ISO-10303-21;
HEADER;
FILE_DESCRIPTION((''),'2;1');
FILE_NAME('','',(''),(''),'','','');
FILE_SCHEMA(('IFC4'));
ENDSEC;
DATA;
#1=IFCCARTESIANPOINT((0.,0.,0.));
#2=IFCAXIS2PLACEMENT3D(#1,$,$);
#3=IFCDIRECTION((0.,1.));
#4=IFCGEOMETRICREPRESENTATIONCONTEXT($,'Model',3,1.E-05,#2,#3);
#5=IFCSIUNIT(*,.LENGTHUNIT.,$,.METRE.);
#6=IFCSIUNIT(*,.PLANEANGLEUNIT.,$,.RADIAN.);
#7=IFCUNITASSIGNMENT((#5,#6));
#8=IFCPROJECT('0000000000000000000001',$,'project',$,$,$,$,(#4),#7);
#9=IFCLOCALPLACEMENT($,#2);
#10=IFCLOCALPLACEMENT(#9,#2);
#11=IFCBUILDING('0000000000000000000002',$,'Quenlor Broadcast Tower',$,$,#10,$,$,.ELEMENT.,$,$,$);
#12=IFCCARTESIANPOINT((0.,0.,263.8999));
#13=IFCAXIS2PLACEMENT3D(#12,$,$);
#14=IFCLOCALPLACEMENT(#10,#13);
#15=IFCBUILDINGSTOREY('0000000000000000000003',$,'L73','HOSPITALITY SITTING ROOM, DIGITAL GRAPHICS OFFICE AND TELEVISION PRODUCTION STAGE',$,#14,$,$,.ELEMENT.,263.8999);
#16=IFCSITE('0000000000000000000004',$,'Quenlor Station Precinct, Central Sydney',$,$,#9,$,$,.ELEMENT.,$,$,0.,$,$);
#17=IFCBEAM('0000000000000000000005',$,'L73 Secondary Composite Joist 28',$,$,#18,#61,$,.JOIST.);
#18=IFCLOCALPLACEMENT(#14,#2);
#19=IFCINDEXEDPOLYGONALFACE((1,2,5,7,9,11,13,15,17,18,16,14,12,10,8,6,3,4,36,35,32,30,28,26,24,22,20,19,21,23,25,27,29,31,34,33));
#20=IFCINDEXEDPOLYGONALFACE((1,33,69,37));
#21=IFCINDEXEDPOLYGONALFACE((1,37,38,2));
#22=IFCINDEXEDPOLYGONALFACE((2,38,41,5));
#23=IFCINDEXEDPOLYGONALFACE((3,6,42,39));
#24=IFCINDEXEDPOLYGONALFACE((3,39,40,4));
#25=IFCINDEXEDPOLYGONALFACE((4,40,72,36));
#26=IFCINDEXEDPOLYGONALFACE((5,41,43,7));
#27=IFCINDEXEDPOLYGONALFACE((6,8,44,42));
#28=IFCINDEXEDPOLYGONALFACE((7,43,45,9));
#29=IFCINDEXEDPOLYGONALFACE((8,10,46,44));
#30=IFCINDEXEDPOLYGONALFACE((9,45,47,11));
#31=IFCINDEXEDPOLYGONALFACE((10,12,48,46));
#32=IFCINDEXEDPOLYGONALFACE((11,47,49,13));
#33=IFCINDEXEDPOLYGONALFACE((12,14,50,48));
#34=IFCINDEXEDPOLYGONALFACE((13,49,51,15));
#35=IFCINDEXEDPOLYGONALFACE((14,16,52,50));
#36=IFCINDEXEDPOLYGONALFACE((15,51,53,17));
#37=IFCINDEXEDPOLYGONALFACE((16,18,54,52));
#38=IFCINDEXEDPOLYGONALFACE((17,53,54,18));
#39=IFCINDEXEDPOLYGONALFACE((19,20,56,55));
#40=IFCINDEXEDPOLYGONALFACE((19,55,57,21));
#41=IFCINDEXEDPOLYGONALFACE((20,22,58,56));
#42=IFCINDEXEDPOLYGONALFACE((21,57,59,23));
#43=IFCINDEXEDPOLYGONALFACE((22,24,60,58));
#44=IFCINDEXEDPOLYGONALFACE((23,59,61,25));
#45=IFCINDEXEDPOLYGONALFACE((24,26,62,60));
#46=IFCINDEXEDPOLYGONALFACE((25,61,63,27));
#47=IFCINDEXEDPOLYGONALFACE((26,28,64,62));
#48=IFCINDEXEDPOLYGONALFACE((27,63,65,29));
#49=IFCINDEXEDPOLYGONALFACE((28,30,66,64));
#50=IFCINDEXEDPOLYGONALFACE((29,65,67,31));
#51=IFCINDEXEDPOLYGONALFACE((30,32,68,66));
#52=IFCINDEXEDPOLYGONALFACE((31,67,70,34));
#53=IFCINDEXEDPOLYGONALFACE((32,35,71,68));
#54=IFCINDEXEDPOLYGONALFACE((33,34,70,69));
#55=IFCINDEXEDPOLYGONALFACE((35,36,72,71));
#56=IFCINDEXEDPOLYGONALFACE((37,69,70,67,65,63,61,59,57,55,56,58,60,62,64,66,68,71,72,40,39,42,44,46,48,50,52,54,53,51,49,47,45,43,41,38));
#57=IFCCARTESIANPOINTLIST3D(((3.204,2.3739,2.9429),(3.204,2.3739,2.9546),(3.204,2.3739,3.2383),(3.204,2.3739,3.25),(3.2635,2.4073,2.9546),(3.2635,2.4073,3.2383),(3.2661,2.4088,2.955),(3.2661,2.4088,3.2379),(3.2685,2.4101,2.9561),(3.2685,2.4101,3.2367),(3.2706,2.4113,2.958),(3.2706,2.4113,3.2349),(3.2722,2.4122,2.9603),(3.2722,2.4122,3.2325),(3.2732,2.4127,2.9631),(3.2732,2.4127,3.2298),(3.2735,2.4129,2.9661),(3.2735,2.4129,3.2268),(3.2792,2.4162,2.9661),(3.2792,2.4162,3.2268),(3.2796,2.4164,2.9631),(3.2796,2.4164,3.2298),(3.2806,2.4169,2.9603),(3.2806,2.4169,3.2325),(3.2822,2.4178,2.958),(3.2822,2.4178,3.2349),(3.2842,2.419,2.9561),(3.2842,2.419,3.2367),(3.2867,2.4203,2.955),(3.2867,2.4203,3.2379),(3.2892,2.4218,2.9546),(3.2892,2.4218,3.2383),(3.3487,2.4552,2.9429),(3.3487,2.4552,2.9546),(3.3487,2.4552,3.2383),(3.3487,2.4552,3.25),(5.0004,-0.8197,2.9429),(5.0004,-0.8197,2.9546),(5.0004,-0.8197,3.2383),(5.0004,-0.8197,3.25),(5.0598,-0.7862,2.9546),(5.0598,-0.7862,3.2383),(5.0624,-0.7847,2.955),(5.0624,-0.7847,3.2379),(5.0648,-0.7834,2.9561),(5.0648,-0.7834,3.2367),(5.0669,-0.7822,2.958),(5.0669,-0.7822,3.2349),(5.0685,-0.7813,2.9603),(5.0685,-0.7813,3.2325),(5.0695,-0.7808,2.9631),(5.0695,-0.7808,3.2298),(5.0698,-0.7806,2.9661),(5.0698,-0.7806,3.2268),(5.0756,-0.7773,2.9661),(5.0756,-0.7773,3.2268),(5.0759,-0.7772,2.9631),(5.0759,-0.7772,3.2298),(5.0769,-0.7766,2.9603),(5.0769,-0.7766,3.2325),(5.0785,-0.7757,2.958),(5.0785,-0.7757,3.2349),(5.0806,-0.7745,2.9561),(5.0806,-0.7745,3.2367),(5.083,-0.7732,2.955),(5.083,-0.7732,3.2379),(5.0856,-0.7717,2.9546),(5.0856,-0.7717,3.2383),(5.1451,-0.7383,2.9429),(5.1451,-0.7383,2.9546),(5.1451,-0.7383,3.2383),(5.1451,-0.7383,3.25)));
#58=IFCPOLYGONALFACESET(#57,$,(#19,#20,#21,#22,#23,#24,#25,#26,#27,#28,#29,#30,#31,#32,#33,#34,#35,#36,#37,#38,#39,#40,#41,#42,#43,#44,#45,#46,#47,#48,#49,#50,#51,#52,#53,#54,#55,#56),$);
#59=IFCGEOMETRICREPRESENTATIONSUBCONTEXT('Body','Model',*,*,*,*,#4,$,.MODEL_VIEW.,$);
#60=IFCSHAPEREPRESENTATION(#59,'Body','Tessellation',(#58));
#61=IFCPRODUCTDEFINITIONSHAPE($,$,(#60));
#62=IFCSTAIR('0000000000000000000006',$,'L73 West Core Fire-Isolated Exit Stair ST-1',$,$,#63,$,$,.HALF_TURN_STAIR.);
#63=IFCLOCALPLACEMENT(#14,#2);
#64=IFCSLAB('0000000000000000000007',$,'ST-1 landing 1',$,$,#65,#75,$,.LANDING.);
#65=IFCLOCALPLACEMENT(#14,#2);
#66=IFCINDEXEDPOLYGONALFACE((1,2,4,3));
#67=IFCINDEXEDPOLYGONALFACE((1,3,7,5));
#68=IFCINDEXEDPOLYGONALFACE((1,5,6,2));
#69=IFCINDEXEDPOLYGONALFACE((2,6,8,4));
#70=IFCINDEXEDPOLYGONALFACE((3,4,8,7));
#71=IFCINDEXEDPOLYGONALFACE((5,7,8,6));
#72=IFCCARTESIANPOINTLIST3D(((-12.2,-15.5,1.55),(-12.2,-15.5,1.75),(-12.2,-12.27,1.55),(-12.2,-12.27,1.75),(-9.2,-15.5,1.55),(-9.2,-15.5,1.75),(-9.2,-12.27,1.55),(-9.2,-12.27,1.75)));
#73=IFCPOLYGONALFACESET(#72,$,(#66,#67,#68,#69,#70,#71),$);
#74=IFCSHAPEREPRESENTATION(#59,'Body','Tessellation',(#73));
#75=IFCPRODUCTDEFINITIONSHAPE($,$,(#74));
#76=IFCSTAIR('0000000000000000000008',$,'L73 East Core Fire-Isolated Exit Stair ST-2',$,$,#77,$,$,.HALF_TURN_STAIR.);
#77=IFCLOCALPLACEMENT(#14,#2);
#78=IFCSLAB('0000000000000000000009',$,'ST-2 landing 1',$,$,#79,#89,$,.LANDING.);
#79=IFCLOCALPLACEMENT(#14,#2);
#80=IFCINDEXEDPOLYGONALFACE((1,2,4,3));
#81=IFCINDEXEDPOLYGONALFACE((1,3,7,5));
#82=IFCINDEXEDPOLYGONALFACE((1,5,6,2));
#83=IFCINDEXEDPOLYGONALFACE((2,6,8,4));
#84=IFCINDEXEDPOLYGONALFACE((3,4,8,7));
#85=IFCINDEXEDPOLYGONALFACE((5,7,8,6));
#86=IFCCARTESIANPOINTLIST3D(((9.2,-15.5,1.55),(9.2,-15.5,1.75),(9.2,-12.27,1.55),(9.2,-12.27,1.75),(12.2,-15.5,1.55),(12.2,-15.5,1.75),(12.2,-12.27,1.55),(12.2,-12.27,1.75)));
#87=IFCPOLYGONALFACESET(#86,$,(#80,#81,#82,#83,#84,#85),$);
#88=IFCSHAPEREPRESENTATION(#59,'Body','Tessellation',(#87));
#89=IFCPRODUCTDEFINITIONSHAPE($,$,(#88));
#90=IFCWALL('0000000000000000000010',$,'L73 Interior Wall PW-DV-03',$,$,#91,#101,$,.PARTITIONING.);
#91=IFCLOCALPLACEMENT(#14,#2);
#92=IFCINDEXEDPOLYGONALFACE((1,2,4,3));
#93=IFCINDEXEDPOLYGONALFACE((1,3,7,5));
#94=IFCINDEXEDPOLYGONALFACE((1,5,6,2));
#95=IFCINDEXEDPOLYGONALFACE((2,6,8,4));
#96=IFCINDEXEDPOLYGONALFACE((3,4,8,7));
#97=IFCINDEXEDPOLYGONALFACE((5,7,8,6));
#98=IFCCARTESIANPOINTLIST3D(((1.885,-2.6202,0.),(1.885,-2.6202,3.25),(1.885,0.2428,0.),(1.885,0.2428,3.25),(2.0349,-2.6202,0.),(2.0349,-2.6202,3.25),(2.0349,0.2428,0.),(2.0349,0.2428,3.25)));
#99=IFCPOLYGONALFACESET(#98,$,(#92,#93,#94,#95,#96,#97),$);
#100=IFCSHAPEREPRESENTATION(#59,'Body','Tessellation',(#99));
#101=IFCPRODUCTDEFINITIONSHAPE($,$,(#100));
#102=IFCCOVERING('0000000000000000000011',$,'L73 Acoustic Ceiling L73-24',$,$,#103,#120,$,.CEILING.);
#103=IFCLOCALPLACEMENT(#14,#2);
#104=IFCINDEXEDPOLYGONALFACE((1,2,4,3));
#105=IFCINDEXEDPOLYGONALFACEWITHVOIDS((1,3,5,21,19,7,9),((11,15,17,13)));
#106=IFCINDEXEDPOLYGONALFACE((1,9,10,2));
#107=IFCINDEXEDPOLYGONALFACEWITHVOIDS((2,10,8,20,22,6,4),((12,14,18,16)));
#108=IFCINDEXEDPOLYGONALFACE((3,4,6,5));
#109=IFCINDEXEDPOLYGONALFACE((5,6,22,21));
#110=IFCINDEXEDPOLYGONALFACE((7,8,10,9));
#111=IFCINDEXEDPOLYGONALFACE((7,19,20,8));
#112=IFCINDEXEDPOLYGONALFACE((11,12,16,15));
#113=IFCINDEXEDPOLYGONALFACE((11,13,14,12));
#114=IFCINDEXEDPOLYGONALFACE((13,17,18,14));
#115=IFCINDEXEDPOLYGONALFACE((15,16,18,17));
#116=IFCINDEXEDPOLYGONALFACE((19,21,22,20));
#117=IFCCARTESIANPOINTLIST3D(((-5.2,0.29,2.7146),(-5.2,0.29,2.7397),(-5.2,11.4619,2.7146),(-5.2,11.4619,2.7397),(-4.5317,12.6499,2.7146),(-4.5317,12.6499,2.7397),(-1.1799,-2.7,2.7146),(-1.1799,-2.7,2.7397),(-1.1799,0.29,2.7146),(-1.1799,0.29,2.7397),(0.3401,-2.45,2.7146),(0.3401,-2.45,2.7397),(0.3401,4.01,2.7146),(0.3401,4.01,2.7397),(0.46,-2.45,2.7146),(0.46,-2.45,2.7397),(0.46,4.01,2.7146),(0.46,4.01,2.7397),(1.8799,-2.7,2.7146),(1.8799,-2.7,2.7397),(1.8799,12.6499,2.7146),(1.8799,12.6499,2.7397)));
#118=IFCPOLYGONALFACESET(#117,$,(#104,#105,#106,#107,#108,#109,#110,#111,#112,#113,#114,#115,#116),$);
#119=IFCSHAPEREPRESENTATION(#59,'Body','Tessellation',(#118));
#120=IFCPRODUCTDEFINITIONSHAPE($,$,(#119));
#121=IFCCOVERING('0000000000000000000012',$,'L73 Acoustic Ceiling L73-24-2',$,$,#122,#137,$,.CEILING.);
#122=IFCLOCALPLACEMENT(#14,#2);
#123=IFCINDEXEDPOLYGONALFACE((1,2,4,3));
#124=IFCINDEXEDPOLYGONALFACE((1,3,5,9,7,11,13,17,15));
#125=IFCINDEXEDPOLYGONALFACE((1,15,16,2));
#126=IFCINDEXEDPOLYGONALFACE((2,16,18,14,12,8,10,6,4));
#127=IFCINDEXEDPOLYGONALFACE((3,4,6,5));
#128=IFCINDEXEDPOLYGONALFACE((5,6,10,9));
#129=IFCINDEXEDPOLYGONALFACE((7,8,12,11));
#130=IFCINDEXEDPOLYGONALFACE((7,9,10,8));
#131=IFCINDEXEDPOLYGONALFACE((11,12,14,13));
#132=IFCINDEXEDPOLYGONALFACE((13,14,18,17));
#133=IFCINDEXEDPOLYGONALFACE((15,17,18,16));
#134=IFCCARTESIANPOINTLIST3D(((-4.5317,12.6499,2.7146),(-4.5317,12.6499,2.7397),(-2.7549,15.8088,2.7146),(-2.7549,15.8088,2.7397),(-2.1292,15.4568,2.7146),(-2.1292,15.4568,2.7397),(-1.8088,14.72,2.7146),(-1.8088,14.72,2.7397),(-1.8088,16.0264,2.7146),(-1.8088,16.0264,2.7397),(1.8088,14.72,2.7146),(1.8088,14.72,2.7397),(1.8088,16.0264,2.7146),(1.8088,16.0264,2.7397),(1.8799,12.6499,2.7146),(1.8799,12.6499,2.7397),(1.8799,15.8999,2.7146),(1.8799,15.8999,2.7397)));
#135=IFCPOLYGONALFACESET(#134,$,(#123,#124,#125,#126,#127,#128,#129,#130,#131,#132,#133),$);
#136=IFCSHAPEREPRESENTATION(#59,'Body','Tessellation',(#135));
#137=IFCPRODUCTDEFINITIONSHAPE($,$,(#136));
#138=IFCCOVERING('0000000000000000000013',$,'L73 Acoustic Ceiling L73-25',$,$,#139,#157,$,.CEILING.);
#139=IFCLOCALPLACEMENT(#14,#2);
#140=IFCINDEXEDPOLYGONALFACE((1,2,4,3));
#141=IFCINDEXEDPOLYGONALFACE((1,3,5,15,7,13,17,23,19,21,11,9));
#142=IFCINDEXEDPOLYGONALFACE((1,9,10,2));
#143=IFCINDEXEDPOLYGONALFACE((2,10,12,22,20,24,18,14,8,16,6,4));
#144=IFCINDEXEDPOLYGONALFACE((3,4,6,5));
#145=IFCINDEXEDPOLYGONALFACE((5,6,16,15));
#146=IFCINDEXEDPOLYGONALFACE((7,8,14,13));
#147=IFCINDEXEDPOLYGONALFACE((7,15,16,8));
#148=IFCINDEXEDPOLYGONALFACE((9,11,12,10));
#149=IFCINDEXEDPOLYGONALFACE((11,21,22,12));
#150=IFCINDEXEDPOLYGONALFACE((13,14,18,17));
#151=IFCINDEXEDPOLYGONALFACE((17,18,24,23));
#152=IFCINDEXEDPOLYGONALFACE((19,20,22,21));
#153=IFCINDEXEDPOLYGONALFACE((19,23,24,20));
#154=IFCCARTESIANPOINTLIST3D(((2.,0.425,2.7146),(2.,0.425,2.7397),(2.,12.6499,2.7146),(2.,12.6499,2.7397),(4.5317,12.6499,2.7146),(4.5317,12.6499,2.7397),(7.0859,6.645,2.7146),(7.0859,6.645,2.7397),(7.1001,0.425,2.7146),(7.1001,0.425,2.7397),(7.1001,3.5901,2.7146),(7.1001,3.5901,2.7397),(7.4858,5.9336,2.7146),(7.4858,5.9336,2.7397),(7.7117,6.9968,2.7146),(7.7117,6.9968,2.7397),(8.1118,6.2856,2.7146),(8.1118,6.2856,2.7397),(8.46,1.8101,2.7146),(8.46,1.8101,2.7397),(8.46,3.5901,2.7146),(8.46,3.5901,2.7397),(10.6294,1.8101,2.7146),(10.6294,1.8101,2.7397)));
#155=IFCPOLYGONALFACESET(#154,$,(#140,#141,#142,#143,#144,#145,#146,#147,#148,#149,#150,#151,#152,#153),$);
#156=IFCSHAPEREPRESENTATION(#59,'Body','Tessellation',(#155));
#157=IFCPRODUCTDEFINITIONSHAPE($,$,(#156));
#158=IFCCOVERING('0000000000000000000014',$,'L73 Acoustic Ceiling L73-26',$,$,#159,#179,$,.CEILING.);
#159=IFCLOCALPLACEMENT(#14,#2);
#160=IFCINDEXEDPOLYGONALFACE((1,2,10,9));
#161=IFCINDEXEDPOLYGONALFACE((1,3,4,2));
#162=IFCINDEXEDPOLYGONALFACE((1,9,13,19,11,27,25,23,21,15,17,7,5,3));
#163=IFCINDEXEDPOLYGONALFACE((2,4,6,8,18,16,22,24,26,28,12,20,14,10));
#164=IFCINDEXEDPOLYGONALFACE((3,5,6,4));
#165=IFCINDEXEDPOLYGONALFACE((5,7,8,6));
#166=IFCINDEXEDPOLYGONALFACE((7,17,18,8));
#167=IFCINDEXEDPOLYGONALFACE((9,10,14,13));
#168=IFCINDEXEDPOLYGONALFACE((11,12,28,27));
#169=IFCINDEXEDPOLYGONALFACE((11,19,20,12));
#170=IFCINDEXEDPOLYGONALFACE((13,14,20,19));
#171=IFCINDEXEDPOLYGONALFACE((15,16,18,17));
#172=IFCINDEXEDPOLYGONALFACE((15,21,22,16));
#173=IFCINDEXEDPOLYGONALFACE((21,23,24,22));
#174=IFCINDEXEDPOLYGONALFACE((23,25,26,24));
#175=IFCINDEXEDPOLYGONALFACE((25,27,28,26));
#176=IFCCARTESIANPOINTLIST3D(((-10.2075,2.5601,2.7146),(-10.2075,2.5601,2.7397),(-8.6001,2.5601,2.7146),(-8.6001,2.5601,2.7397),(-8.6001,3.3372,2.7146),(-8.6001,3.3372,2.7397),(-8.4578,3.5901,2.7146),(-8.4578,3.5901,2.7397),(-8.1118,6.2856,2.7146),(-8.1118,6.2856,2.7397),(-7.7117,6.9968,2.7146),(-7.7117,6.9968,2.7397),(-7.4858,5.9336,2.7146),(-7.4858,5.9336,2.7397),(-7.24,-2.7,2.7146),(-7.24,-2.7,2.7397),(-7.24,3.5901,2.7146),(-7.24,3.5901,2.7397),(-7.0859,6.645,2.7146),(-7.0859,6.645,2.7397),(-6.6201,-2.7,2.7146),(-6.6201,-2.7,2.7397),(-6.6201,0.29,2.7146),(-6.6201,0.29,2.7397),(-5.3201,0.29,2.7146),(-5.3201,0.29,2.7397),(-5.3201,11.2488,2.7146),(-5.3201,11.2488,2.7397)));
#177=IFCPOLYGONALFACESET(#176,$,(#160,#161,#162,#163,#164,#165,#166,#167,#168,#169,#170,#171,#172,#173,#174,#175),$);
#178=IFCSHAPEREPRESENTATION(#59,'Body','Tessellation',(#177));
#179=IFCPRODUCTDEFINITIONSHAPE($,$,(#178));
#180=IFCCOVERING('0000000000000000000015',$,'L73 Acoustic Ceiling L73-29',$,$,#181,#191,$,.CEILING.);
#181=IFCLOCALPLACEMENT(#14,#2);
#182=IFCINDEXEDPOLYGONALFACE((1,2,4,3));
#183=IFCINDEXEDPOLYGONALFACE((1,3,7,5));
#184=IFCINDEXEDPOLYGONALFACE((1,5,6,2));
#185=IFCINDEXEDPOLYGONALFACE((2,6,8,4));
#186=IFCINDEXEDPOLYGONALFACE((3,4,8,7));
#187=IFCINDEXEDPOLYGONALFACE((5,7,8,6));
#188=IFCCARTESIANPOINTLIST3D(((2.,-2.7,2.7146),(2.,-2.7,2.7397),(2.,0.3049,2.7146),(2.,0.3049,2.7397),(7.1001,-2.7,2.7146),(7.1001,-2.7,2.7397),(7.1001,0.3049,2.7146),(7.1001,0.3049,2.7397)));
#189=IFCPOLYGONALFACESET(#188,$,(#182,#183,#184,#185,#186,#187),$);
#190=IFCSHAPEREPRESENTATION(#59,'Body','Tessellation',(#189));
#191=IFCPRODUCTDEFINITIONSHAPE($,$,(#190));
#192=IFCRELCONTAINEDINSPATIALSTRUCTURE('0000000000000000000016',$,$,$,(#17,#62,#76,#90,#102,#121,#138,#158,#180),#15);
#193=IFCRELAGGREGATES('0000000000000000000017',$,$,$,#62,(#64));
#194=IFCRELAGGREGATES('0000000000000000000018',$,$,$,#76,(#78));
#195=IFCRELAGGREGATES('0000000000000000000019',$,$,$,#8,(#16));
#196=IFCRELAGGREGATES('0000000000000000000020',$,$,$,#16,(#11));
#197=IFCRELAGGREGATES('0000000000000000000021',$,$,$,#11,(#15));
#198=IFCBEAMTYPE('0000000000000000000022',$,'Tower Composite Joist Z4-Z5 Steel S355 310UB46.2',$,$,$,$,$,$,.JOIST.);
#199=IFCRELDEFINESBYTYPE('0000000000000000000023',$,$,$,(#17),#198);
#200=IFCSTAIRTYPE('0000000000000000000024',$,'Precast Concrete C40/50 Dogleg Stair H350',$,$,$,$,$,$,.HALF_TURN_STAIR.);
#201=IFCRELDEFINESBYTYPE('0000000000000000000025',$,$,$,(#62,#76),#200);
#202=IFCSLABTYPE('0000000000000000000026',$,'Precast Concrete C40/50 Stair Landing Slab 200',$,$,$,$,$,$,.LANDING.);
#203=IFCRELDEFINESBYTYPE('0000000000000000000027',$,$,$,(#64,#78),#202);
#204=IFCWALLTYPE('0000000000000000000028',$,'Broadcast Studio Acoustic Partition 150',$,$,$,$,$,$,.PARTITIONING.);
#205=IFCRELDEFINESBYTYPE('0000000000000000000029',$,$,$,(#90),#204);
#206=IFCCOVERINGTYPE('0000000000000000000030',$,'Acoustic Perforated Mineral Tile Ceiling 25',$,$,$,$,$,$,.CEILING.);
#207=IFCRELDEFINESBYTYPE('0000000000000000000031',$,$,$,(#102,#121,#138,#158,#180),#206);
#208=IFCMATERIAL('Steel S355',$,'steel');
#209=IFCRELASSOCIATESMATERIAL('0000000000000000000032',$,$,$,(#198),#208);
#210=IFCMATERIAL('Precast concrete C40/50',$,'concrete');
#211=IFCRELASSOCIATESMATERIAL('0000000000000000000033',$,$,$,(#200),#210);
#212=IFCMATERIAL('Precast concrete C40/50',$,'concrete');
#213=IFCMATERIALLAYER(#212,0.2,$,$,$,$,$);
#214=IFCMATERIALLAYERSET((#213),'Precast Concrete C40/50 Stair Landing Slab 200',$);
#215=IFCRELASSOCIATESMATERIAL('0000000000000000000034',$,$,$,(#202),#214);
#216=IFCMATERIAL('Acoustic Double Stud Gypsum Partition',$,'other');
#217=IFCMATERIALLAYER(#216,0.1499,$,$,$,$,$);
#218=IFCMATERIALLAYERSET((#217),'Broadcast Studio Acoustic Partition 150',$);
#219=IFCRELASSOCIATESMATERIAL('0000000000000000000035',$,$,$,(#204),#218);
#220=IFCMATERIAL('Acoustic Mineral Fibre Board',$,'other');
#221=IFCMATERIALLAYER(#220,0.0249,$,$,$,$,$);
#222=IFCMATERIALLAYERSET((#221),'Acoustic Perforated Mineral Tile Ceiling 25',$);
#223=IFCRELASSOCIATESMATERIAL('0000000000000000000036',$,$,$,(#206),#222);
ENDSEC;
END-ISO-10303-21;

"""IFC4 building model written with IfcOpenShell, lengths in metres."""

from ifc_helpers import new_model, si_unit, direction, frame, frame_2d, origin, origin_2d, place, context, subcontext, project, spatial, polyline, rectangle, i_section, outline, extrude, material, layer, layer_set, material_profile, profile_set, type_object, element, aggregate, save


model = new_model("IFC4")

# Units and contexts
model_context = context("Model", 3, precision=1e-05, world=origin(), true_north=direction((0.0, 1.0)))
body_context = subcontext(model_context, "Body", "Model", "MODEL_VIEW")
ifc_project = project(units=[si_unit("LENGTHUNIT", "METRE"), si_unit("PLANEANGLEUNIT", "RADIAN")], contexts=[model_context])

# Site, building, storey
site_placement = place(None, origin())
site = spatial("IfcSite", under=ifc_project, at=site_placement, Name="Quenlor Station Precinct, Central Sydney", CompositionType="ELEMENT", RefElevation=0.0)
building_placement = place(site_placement, origin())
building = spatial("IfcBuilding", under=site, at=building_placement, Name="Quenlor Broadcast Tower", CompositionType="ELEMENT")
storey_placement = place(building_placement, frame((0.0, 0.0, 263.8999)))
storey = spatial("IfcBuildingStorey", under=building, at=storey_placement, Name="L73", Description="HOSPITALITY SITTING ROOM, DIGITAL GRAPHICS OFFICE AND TELEVISION PRODUCTION STAGE", CompositionType="ELEMENT", Elevation=263.8999)

# Beam
ifc_material_1 = material(Name="Steel S355", Category="steel")
ifc_material_profile = material_profile(ifc_material_1, i_section(OverallWidth=0.166, OverallDepth=0.3071, WebThickness=0.0066, FlangeThickness=0.0117, FilletRadius=0.0115, at=origin_2d()))
ifc_profile_set = profile_set([ifc_material_profile], Name="Steel S355 310UB46.2")
beam_type = type_object("IfcBeamType", Name="Tower Composite Joist Z4-Z5 Steel S355 310UB46.2", PredefinedType="JOIST", material=ifc_profile_set)
beam_placement = place(storey_placement, frame((3.2764, 2.4146, 3.0964), z_axis=(0.490258, -0.871577, 0.0), x_axis=(0.871577, 0.490258, 0.0)))
element("IfcBeam", 1, at=beam_placement, inside=storey, type_object=beam_type, Name="L73 Secondary Composite Joist 28", PredefinedType="JOIST", context=body_context, shape_type="SweptSolid", body=[
    extrude(i_section(OverallWidth=0.166, OverallDepth=0.3071, WebThickness=0.0066, FlangeThickness=0.0117, FilletRadius=0.0115, at=origin_2d()), origin(), (0.0, 0.0, 1.0), 3.6641),
])

# Stairs, slabs
ifc_material_2 = material(Name="Precast concrete C40/50", Category="concrete")
stair_type = type_object("IfcStairType", Name="Precast Concrete C40/50 Dogleg Stair H350", PredefinedType="HALF_TURN_STAIR", material=ifc_material_2)
stair_1_placement = place(storey_placement, origin())
stair_1 = element("IfcStair", 2, at=stair_1_placement, inside=storey, type_object=stair_type, Name="L73 West Core Fire-Isolated Exit Stair ST-1", PredefinedType="HALF_TURN_STAIR")
ifc_material_3 = material(Name="Precast concrete C40/50", Category="concrete")
ifc_layer_1 = layer(ifc_material_3, 0.2)
ifc_layer_set_1 = layer_set([ifc_layer_1], Name="Precast Concrete C40/50 Stair Landing Slab 200")
slab_type = type_object("IfcSlabType", Name="Precast Concrete C40/50 Stair Landing Slab 200", PredefinedType="LANDING", material=ifc_layer_set_1)
slab_1_placement = place(storey_placement, frame((0.0, 0.0, 1.55)))
slab_1 = element("IfcSlab", 3, at=slab_1_placement, type_object=slab_type, Name="ST-1 landing 1", PredefinedType="LANDING", context=body_context, shape_type="SweptSolid", body=[
    extrude(outline(polyline([(-12.2, -12.27), (-12.2, -15.5), (-9.2, -15.5), (-9.2, -12.27), (-12.2, -12.27)])), origin(), (0.0, 0.0, 1.0), 0.2),
])
aggregate(stair_1, [slab_1])
stair_2_placement = place(storey_placement, origin())
stair_2 = element("IfcStair", 4, at=stair_2_placement, inside=storey, type_object=stair_type, Name="L73 East Core Fire-Isolated Exit Stair ST-2", PredefinedType="HALF_TURN_STAIR")
slab_2_placement = place(storey_placement, frame((0.0, 0.0, 1.55)))
slab_2 = element("IfcSlab", 5, at=slab_2_placement, type_object=slab_type, Name="ST-2 landing 1", PredefinedType="LANDING", context=body_context, shape_type="SweptSolid", body=[
    extrude(outline(polyline([(9.2, -12.27), (9.2, -15.5), (12.2, -15.5), (12.2, -12.27), (9.2, -12.27)])), origin(), (0.0, 0.0, 1.0), 0.2),
])
aggregate(stair_2, [slab_2])

# Wall
ifc_material_4 = material(Name="Acoustic Double Stud Gypsum Partition", Category="other")
ifc_layer_2 = layer(ifc_material_4, 0.1499)
ifc_layer_set_2 = layer_set([ifc_layer_2], Name="Broadcast Studio Acoustic Partition 150")
wall_type = type_object("IfcWallType", Name="Broadcast Studio Acoustic Partition 150", PredefinedType="PARTITIONING", material=ifc_layer_set_2)
wall_placement = place(storey_placement, frame((1.96, 0.2429, 0.0), z_axis=(0.0, 0.0, 1.0), x_axis=(0.0, -1.0, 0.0)))
element("IfcWall", 6, at=wall_placement, inside=storey, type_object=wall_type, Name="L73 Interior Wall PW-DV-03", PredefinedType="PARTITIONING", context=body_context, shape_type="SweptSolid", body=[
    extrude(rectangle(XDim=2.863, YDim=0.1499, at=frame_2d((1.4316, 0.0))), origin(), (0.0, 0.0, 1.0), 3.25),
])

# Coverings
ifc_material_5 = material(Name="Acoustic Mineral Fibre Board", Category="other")
ifc_layer_3 = layer(ifc_material_5, 0.0249)
ifc_layer_set_3 = layer_set([ifc_layer_3], Name="Acoustic Perforated Mineral Tile Ceiling 25")
covering_type_1 = type_object("IfcCoveringType", Name="Acoustic Perforated Mineral Tile Ceiling 25", PredefinedType="CEILING", material=ifc_layer_set_3)
covering_1_placement = place(storey_placement, frame((0.0, 0.0, 2.7146)))
element("IfcCovering", 7, at=covering_1_placement, inside=storey, type_object=covering_type_1, Name="L73 Acoustic Ceiling L73-24", PredefinedType="CEILING", context=body_context, shape_type="SweptSolid", body=[
    extrude(outline(polyline([(1.8799, -2.7), (-1.1799, -2.7), (-1.1799, 0.29), (-5.2, 0.29), (-5.2, 11.4619), (-4.5317, 12.6499), (1.8799, 12.6499), (1.8799, -2.7)]), holes=[polyline([(0.3401, -2.45), (0.46, -2.45), (0.46, 4.01), (0.3401, 4.01), (0.3401, -2.45)])]), origin(), (0.0, 0.0, 1.0), 0.0251),
])
covering_2_placement = place(storey_placement, frame((0.0, 0.0, 2.7146)))
element("IfcCovering", 8, at=covering_2_placement, inside=storey, type_object=covering_type_1, Name="L73 Acoustic Ceiling L73-24-2", PredefinedType="CEILING", context=body_context, shape_type="SweptSolid", body=[
    extrude(outline(polyline([(1.8088, 16.0264), (1.8799, 15.8999), (1.8799, 12.6499), (-4.5317, 12.6499), (-2.7549, 15.8088), (-2.1292, 15.4568), (-1.8088, 16.0264), (-1.8088, 14.72), (1.8088, 14.72), (1.8088, 16.0264)])), origin(), (0.0, 0.0, 1.0), 0.0251),
])
covering_3_placement = place(storey_placement, frame((0.0, 0.0, 2.7146)))
element("IfcCovering", 9, at=covering_3_placement, inside=storey, type_object=covering_type_1, Name="L73 Acoustic Ceiling L73-25", PredefinedType="CEILING", context=body_context, shape_type="SweptSolid", body=[
    extrude(outline(polyline([(7.1001, 0.425), (2.0, 0.425), (2.0, 12.6499), (4.5317, 12.6499), (7.7117, 6.9968), (7.0859, 6.645), (7.4858, 5.9336), (8.1118, 6.2856), (10.6294, 1.8101), (8.46, 1.8101), (8.46, 3.5901), (7.1001, 3.5901), (7.1001, 0.425)])), origin(), (0.0, 0.0, 1.0), 0.0251),
])
covering_4_placement = place(storey_placement, frame((0.0, 0.0, 2.7146)))
element("IfcCovering", 10, at=covering_4_placement, inside=storey, type_object=covering_type_1, Name="L73 Acoustic Ceiling L73-26", PredefinedType="CEILING", context=body_context, shape_type="SweptSolid", body=[
    extrude(outline(polyline([(-6.6201, 0.29), (-6.6201, -2.7), (-7.24, -2.7), (-7.24, 3.5901), (-8.4578, 3.5901), (-8.6001, 3.3372), (-8.6001, 2.5601), (-10.2075, 2.5601), (-8.1118, 6.2856), (-7.4858, 5.9336), (-7.0859, 6.645), (-7.7117, 6.9968), (-5.3201, 11.2488), (-5.3201, 0.29), (-6.6201, 0.29)])), origin(), (0.0, 0.0, 1.0), 0.0251),
])
covering_5_placement = place(storey_placement, frame((0.0, 0.0, 2.7146)))
element("IfcCovering", 11, at=covering_5_placement, inside=storey, type_object=covering_type_1, Name="L73 Acoustic Ceiling L73-29", PredefinedType="CEILING", context=body_context, shape_type="SweptSolid", body=[
    extrude(outline(polyline([(7.1001, 0.3049), (7.1001, -2.7), (2.0, -2.7), (2.0, 0.3049), (7.1001, 0.3049)])), origin(), (0.0, 0.0, 1.0), 0.0251),
])

save(model, "model.ifc")
